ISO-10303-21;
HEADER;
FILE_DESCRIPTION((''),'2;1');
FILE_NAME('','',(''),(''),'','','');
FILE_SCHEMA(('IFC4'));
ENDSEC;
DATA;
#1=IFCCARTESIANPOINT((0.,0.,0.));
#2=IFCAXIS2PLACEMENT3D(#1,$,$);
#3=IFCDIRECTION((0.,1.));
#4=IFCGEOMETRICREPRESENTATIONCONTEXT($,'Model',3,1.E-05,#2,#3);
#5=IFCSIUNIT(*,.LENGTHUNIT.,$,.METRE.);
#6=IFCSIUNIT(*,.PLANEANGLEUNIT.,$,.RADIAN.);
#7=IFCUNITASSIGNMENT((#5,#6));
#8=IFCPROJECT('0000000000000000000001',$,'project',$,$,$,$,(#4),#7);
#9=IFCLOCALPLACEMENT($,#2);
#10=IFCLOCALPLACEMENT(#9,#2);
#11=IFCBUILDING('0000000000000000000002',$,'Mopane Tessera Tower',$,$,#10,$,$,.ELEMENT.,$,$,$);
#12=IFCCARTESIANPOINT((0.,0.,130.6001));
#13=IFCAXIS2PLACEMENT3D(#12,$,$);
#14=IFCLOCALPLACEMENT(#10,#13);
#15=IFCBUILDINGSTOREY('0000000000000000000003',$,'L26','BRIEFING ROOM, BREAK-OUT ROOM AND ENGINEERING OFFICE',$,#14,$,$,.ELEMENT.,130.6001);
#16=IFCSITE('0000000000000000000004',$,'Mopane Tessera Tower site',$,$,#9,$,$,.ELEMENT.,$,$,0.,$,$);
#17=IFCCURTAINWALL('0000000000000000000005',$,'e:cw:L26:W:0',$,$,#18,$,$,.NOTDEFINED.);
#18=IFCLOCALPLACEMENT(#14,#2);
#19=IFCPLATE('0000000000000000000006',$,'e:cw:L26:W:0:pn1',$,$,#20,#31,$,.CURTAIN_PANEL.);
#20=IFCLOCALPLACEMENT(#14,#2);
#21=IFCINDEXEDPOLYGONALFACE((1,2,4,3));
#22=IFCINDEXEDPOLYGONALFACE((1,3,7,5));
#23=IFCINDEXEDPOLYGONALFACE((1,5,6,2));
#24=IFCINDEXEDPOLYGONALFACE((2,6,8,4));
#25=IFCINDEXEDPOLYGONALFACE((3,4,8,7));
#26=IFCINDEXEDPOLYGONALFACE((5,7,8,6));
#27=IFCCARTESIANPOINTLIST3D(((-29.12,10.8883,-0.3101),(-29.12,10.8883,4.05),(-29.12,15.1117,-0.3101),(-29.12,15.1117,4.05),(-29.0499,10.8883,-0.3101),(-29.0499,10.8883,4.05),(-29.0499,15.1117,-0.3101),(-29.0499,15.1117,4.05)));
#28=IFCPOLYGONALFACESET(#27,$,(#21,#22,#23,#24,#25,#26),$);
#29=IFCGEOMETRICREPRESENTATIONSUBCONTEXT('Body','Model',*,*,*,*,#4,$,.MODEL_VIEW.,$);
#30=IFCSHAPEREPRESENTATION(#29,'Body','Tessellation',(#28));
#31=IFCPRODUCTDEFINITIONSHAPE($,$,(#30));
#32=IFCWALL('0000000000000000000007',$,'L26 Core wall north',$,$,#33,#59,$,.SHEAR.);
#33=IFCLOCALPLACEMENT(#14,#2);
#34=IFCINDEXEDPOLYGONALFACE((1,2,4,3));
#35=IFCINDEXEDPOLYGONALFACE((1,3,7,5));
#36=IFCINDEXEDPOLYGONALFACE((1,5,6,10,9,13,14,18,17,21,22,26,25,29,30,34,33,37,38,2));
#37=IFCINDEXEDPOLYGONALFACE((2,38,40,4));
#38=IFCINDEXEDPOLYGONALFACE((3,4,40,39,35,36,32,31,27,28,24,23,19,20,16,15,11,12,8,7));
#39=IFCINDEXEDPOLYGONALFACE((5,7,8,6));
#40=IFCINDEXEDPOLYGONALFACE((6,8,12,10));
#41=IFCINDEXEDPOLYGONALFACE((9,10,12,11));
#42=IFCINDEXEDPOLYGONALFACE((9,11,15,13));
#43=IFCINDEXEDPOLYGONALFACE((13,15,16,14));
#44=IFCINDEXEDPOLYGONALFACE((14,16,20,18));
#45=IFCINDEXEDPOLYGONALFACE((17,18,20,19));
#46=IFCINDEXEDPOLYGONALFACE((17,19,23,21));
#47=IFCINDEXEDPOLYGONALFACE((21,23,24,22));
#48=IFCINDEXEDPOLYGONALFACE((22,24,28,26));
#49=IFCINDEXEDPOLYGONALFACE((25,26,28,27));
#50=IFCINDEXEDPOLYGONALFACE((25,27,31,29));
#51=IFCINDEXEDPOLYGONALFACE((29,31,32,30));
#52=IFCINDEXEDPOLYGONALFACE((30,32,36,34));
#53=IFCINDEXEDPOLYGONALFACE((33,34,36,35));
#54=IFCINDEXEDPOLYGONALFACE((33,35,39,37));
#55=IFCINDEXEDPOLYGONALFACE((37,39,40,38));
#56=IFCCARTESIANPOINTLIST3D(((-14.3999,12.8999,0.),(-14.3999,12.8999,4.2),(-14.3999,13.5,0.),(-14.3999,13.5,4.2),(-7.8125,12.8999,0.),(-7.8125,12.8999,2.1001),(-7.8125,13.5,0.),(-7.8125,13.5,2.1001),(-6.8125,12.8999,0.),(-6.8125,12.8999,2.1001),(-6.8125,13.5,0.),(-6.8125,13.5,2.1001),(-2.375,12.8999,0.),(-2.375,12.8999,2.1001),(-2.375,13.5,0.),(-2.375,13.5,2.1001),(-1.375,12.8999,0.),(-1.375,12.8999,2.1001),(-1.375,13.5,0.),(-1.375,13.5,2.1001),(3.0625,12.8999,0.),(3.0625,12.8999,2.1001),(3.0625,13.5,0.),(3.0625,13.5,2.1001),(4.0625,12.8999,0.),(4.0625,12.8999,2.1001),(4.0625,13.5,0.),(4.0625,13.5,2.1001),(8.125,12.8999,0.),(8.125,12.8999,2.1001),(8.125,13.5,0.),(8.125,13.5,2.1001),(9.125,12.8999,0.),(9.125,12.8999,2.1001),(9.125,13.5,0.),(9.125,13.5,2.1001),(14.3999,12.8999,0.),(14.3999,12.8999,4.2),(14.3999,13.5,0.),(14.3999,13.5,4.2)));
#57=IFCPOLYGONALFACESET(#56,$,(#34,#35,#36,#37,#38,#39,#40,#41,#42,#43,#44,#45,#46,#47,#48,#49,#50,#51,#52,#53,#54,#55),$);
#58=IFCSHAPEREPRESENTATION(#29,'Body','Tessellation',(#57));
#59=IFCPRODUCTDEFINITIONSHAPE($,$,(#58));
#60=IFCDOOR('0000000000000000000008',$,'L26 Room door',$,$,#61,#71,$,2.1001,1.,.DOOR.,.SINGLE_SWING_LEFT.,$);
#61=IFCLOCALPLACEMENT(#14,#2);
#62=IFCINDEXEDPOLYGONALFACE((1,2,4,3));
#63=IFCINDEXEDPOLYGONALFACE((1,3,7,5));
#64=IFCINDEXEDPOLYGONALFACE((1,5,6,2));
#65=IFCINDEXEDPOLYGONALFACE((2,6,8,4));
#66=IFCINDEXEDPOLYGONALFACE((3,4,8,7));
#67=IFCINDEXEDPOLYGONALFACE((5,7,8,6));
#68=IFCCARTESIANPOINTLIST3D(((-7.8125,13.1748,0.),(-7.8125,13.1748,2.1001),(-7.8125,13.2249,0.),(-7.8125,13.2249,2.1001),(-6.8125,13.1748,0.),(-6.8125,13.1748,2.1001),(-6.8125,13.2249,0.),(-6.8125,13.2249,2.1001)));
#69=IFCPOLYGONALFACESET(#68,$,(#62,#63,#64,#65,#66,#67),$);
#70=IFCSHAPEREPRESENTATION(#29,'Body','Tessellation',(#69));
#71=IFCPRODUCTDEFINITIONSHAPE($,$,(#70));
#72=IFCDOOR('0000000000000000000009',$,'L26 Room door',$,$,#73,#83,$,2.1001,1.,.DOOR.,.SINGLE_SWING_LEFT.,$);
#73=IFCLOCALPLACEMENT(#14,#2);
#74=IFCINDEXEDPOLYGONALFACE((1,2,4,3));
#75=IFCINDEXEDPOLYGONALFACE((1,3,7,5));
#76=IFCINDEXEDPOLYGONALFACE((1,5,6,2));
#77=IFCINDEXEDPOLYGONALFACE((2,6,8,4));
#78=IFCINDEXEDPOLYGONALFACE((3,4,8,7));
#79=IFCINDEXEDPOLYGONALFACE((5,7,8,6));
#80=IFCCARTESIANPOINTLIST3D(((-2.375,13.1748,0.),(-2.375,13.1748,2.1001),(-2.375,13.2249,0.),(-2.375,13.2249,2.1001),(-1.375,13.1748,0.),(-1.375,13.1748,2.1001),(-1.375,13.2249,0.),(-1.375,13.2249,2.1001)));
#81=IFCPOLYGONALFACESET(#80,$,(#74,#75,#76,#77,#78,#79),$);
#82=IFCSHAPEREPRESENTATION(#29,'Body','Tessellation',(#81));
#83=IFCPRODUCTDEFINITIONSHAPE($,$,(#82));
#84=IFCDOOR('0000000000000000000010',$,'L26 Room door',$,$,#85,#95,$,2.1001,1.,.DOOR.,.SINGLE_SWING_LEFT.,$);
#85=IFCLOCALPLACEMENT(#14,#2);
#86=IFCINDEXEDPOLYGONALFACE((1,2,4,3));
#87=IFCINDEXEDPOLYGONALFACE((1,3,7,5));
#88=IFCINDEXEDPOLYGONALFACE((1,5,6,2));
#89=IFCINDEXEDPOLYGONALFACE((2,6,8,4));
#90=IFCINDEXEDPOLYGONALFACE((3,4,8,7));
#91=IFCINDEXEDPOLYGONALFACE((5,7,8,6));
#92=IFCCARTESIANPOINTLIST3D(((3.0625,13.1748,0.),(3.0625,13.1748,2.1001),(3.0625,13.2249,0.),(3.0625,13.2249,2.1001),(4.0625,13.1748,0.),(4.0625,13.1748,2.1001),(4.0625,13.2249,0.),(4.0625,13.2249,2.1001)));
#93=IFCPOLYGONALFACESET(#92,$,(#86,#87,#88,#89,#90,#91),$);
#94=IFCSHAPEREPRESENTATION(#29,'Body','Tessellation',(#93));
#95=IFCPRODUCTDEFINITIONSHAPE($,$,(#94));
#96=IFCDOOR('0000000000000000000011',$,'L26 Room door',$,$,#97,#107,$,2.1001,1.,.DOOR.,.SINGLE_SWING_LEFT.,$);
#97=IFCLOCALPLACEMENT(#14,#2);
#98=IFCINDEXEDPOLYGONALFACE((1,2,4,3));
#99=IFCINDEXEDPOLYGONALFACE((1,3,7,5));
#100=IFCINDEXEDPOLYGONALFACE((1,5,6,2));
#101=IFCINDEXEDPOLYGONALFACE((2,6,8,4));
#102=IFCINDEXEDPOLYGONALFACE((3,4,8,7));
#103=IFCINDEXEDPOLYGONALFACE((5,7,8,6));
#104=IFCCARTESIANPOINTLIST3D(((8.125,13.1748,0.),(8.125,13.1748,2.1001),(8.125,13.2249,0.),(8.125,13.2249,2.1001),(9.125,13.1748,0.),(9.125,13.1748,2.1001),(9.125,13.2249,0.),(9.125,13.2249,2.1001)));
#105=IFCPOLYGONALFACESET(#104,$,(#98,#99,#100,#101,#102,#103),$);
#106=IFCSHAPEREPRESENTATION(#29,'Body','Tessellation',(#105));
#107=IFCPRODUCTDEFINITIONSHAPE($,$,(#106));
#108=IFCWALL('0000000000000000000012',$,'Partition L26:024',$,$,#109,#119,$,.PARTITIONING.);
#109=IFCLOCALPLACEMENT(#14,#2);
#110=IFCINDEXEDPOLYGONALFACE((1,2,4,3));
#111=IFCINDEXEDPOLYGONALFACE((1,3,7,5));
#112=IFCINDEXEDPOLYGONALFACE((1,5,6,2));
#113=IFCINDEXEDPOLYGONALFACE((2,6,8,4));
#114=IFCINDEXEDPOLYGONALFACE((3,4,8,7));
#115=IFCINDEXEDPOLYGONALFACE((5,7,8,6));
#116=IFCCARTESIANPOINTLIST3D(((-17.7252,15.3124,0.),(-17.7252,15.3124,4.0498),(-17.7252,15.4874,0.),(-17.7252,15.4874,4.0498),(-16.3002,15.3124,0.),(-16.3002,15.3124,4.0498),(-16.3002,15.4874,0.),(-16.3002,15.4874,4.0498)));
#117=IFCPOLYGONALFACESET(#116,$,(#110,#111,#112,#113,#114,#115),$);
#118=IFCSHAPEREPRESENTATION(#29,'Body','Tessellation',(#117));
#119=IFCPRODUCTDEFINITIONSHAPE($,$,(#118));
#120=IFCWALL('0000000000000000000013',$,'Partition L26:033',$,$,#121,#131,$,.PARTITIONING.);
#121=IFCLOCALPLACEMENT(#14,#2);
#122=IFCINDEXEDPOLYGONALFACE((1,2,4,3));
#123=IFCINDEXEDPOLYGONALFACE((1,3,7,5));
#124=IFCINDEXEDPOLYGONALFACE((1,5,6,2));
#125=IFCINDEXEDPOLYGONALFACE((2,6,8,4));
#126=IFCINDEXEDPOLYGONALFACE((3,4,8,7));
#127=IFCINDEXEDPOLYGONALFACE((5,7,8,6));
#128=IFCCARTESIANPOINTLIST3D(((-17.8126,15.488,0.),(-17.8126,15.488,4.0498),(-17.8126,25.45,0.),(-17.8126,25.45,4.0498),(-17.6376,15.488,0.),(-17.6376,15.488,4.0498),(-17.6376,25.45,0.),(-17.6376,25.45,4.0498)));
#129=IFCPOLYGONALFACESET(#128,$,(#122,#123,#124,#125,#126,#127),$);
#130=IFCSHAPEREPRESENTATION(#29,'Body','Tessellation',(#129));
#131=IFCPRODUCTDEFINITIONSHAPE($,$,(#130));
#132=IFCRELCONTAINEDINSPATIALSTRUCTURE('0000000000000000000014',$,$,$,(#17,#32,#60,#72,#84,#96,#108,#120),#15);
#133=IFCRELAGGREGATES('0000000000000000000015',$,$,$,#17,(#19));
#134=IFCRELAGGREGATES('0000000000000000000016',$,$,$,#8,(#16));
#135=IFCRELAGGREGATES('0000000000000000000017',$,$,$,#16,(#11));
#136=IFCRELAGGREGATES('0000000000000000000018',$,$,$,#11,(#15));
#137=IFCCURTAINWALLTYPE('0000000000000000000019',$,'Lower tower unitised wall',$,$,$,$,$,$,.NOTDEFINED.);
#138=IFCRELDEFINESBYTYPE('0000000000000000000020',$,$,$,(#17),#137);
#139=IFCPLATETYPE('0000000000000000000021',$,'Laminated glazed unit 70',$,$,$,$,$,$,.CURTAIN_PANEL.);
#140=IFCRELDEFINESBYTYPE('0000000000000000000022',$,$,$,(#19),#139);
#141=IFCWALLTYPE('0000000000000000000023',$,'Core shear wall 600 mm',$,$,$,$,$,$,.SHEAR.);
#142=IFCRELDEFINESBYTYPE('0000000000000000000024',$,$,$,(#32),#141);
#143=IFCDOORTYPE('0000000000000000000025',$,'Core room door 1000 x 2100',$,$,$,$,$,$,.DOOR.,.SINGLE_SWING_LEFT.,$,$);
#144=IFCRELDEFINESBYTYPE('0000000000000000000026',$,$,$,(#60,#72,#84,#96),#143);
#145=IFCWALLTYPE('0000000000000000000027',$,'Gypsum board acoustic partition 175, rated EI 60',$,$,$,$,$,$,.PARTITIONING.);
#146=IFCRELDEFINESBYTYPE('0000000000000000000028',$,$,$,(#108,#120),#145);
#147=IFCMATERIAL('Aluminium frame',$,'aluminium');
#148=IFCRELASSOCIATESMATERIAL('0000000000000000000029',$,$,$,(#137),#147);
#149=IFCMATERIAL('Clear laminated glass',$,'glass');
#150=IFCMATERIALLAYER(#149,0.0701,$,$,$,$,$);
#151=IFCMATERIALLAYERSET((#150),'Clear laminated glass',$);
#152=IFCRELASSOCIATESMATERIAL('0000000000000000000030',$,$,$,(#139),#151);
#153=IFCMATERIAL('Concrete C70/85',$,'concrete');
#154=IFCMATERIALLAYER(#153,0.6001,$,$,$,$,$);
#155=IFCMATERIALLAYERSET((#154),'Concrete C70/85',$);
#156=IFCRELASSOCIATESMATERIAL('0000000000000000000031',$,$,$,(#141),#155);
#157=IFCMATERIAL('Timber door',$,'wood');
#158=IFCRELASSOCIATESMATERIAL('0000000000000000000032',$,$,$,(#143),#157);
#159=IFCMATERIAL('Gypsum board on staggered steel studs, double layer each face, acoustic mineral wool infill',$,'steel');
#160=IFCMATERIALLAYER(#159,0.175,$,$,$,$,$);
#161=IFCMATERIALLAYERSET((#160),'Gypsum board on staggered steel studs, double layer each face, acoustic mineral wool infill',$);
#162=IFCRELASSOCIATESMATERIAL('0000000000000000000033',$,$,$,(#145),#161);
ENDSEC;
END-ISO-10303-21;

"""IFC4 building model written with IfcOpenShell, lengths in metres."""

from ifc_helpers import new_model, si_unit, direction, frame, frame_2d, origin, origin_2d, place, context, subcontext, project, spatial, rectangle, extrude, material, layer, layer_set, type_object, element, fill, aggregate, save


model = new_model("IFC4")

# Units and contexts
model_context = context("Model", 3, precision=1e-05, world=origin(), true_north=direction((0.0, 1.0)))
body_context = subcontext(model_context, "Body", "Model", "MODEL_VIEW")
ifc_project = project(units=[si_unit("LENGTHUNIT", "METRE"), si_unit("PLANEANGLEUNIT", "RADIAN")], contexts=[model_context])

# Site, building, storey
site_placement = place(None, origin())
site = spatial("IfcSite", under=ifc_project, at=site_placement, Name="Mopane Tessera Tower site", CompositionType="ELEMENT", RefElevation=0.0)
building_placement = place(site_placement, origin())
building = spatial("IfcBuilding", under=site, at=building_placement, Name="Mopane Tessera Tower", CompositionType="ELEMENT")
storey_placement = place(building_placement, frame((0.0, 0.0, 130.6001)))
storey = spatial("IfcBuildingStorey", under=building, at=storey_placement, Name="L26", Description="BRIEFING ROOM, BREAK-OUT ROOM AND ENGINEERING OFFICE", CompositionType="ELEMENT", Elevation=130.6001)

# Curtain wall
ifc_material_1 = material(Name="Aluminium frame", Category="aluminium")
curtain_wall_type = type_object("IfcCurtainWallType", Name="Lower tower unitised wall", PredefinedType="NOTDEFINED", material=ifc_material_1)
curtain_wall_1_placement = place(storey_placement, origin())
curtain_wall_1 = element("IfcCurtainWall", 1, at=curtain_wall_1_placement, inside=storey, type_object=curtain_wall_type, Name="e:cw:L26:W:0", PredefinedType="NOTDEFINED")

# Plate
ifc_material_2 = material(Name="Clear laminated glass", Category="glass")
ifc_layer_1 = layer(ifc_material_2, 0.0701)
ifc_layer_set_1 = layer_set([ifc_layer_1], Name="Clear laminated glass")
plate_type = type_object("IfcPlateType", Name="Laminated glazed unit 70", PredefinedType="CURTAIN_PANEL", material=ifc_layer_set_1)
plate_1_placement = place(storey_placement, frame((-29.085, 13.0, -0.3101), z_axis=(0.0, 0.0, 1.0), x_axis=(0.0, -1.0, 0.0)))
plate_1 = element("IfcPlate", 2, at=plate_1_placement, type_object=plate_type, Name="e:cw:L26:W:0:pn1", PredefinedType="CURTAIN_PANEL", context=body_context, shape_type="SweptSolid", body=[
    extrude(rectangle(XDim=4.2234, YDim=0.0701, at=origin_2d()), origin(), (0.0, 0.0, 1.0), 4.3601),
])
aggregate(curtain_wall_1, [plate_1])

# Wall, openings, doors
ifc_material_3 = material(Name="Concrete C70/85", Category="concrete")
ifc_layer_2 = layer(ifc_material_3, 0.6001)
ifc_layer_set_2 = layer_set([ifc_layer_2], Name="Concrete C70/85")
wall_type_1 = type_object("IfcWallType", Name="Core shear wall 600 mm", PredefinedType="SHEAR", material=ifc_layer_set_2)
wall_1_placement = place(storey_placement, frame((-14.3999, 13.2, 0.0), z_axis=(0.0, 0.0, 1.0), x_axis=(1.0, 0.0, 0.0)))
wall_1 = element("IfcWall", 3, at=wall_1_placement, inside=storey, type_object=wall_type_1, Name="L26 Core wall north", PredefinedType="SHEAR", context=body_context, shape_type="SweptSolid", body=[
    extrude(rectangle(XDim=28.7998, YDim=0.6001, at=frame_2d((14.3999, 0.0))), origin(), (0.0, 0.0, 1.0), 4.2),
])
opening_1_placement = place(wall_1_placement, frame((6.5874, 0.0, 0.0)))
opening_1 = element("IfcOpeningElement", 4, at=opening_1_placement, cuts=wall_1, PredefinedType="OPENING", context=body_context, shape_type="SweptSolid", body=[
    extrude(rectangle(XDim=1.0, YDim=2.1001, at=frame_2d((0.5, 1.05))), frame((0.0, 0.312, 0.0), z_axis=(0.0, -1.0, 0.0), x_axis=(1.0, 0.0, 0.0)), (0.0, 0.0, 1.0), 0.624),
])
opening_2_placement = place(wall_1_placement, frame((12.0249, 0.0, 0.0)))
opening_2 = element("IfcOpeningElement", 5, at=opening_2_placement, cuts=wall_1, PredefinedType="OPENING", context=body_context, shape_type="SweptSolid", body=[
    extrude(rectangle(XDim=1.0, YDim=2.1001, at=frame_2d((0.5, 1.05))), frame((0.0, 0.312, 0.0), z_axis=(0.0, -1.0, 0.0), x_axis=(1.0, 0.0, 0.0)), (0.0, 0.0, 1.0), 0.624),
])
opening_3_placement = place(wall_1_placement, frame((17.4624, 0.0, 0.0)))
opening_3 = element("IfcOpeningElement", 6, at=opening_3_placement, cuts=wall_1, PredefinedType="OPENING", context=body_context, shape_type="SweptSolid", body=[
    extrude(rectangle(XDim=1.0, YDim=2.1001, at=frame_2d((0.5, 1.05))), frame((0.0, 0.312, 0.0), z_axis=(0.0, -1.0, 0.0), x_axis=(1.0, 0.0, 0.0)), (0.0, 0.0, 1.0), 0.624),
])
opening_4_placement = place(wall_1_placement, frame((22.5249, 0.0, 0.0)))
opening_4 = element("IfcOpeningElement", 7, at=opening_4_placement, cuts=wall_1, PredefinedType="OPENING", context=body_context, shape_type="SweptSolid", body=[
    extrude(rectangle(XDim=1.0, YDim=2.1001, at=frame_2d((0.5, 1.05))), frame((0.0, 0.312, 0.0), z_axis=(0.0, -1.0, 0.0), x_axis=(1.0, 0.0, 0.0)), (0.0, 0.0, 1.0), 0.624),
])
ifc_material_4 = material(Name="Timber door", Category="wood")
door_type_1 = type_object("IfcDoorType", Name="Core room door 1000 x 2100", OperationType="SINGLE_SWING_LEFT", PredefinedType="DOOR", material=ifc_material_4)
door_1_placement = place(opening_1_placement, origin())
door_1 = element("IfcDoor", 8, at=door_1_placement, inside=storey, type_object=door_type_1, Name="L26 Room door", OperationType="SINGLE_SWING_LEFT", OverallHeight=2.1001, OverallWidth=1.0, PredefinedType="DOOR", context=body_context, shape_type="SweptSolid", body=[
    extrude(rectangle(XDim=1.0, YDim=2.1001, at=frame_2d((0.5, 1.05))), frame((0.0, 0.0249, 0.0), z_axis=(0.0, -1.0, 0.0), x_axis=(1.0, 0.0, 0.0)), (0.0, 0.0, 1.0), 0.05),
])
fill(opening_1, door_1)
door_2_placement = place(opening_2_placement, origin())
door_2 = element("IfcDoor", 9, at=door_2_placement, inside=storey, type_object=door_type_1, Name="L26 Room door", OperationType="SINGLE_SWING_LEFT", OverallHeight=2.1001, OverallWidth=1.0, PredefinedType="DOOR", context=body_context, shape_type="SweptSolid", body=[
    extrude(rectangle(XDim=1.0, YDim=2.1001, at=frame_2d((0.5, 1.05))), frame((0.0, 0.0249, 0.0), z_axis=(0.0, -1.0, 0.0), x_axis=(1.0, 0.0, 0.0)), (0.0, 0.0, 1.0), 0.05),
])
fill(opening_2, door_2)
door_3_placement = place(opening_3_placement, origin())
door_3 = element("IfcDoor", 10, at=door_3_placement, inside=storey, type_object=door_type_1, Name="L26 Room door", OperationType="SINGLE_SWING_LEFT", OverallHeight=2.1001, OverallWidth=1.0, PredefinedType="DOOR", context=body_context, shape_type="SweptSolid", body=[
    extrude(rectangle(XDim=1.0, YDim=2.1001, at=frame_2d((0.5, 1.05))), frame((0.0, 0.0249, 0.0), z_axis=(0.0, -1.0, 0.0), x_axis=(1.0, 0.0, 0.0)), (0.0, 0.0, 1.0), 0.05),
])
fill(opening_3, door_3)
door_4_placement = place(opening_4_placement, origin())
door_4 = element("IfcDoor", 11, at=door_4_placement, inside=storey, type_object=door_type_1, Name="L26 Room door", OperationType="SINGLE_SWING_LEFT", OverallHeight=2.1001, OverallWidth=1.0, PredefinedType="DOOR", context=body_context, shape_type="SweptSolid", body=[
    extrude(rectangle(XDim=1.0, YDim=2.1001, at=frame_2d((0.5, 1.05))), frame((0.0, 0.0249, 0.0), z_axis=(0.0, -1.0, 0.0), x_axis=(1.0, 0.0, 0.0)), (0.0, 0.0, 1.0), 0.05),
])
fill(opening_4, door_4)

# Walls
ifc_material_5 = material(Name="Gypsum board on staggered steel studs, double layer each face, acoustic mineral wool infill", Category="steel")
ifc_layer_3 = layer(ifc_material_5, 0.175)
ifc_layer_set_3 = layer_set([ifc_layer_3], Name="Gypsum board on staggered steel studs, double layer each face, acoustic mineral wool infill")
wall_type_2 = type_object("IfcWallType", Name="Gypsum board acoustic partition 175, rated EI 60", PredefinedType="PARTITIONING", material=ifc_layer_set_3)
wall_2_placement = place(storey_placement, frame((-17.7251, 15.3999, 0.0), z_axis=(0.0, 0.0, 1.0), x_axis=(1.0, 0.0, 0.0)))
element("IfcWall", 12, at=wall_2_placement, inside=storey, type_object=wall_type_2, Name="Partition L26:024", PredefinedType="PARTITIONING", context=body_context, shape_type="SweptSolid", body=[
    extrude(rectangle(XDim=1.425, YDim=0.175, at=frame_2d((0.7124, 0.0))), origin(), (0.0, 0.0, 1.0), 4.0498),
])
wall_3_placement = place(storey_placement, frame((-17.7251, 15.488, 0.0), z_axis=(0.0, 0.0, 1.0), x_axis=(0.0, 1.0, 0.0)))
element("IfcWall", 13, at=wall_3_placement, inside=storey, type_object=wall_type_2, Name="Partition L26:033", PredefinedType="PARTITIONING", context=body_context, shape_type="SweptSolid", body=[
    extrude(rectangle(XDim=9.9619, YDim=0.175, at=frame_2d((4.981, 0.0))), origin(), (0.0, 0.0, 1.0), 4.0498),
])

save(model, "model.ifc")
